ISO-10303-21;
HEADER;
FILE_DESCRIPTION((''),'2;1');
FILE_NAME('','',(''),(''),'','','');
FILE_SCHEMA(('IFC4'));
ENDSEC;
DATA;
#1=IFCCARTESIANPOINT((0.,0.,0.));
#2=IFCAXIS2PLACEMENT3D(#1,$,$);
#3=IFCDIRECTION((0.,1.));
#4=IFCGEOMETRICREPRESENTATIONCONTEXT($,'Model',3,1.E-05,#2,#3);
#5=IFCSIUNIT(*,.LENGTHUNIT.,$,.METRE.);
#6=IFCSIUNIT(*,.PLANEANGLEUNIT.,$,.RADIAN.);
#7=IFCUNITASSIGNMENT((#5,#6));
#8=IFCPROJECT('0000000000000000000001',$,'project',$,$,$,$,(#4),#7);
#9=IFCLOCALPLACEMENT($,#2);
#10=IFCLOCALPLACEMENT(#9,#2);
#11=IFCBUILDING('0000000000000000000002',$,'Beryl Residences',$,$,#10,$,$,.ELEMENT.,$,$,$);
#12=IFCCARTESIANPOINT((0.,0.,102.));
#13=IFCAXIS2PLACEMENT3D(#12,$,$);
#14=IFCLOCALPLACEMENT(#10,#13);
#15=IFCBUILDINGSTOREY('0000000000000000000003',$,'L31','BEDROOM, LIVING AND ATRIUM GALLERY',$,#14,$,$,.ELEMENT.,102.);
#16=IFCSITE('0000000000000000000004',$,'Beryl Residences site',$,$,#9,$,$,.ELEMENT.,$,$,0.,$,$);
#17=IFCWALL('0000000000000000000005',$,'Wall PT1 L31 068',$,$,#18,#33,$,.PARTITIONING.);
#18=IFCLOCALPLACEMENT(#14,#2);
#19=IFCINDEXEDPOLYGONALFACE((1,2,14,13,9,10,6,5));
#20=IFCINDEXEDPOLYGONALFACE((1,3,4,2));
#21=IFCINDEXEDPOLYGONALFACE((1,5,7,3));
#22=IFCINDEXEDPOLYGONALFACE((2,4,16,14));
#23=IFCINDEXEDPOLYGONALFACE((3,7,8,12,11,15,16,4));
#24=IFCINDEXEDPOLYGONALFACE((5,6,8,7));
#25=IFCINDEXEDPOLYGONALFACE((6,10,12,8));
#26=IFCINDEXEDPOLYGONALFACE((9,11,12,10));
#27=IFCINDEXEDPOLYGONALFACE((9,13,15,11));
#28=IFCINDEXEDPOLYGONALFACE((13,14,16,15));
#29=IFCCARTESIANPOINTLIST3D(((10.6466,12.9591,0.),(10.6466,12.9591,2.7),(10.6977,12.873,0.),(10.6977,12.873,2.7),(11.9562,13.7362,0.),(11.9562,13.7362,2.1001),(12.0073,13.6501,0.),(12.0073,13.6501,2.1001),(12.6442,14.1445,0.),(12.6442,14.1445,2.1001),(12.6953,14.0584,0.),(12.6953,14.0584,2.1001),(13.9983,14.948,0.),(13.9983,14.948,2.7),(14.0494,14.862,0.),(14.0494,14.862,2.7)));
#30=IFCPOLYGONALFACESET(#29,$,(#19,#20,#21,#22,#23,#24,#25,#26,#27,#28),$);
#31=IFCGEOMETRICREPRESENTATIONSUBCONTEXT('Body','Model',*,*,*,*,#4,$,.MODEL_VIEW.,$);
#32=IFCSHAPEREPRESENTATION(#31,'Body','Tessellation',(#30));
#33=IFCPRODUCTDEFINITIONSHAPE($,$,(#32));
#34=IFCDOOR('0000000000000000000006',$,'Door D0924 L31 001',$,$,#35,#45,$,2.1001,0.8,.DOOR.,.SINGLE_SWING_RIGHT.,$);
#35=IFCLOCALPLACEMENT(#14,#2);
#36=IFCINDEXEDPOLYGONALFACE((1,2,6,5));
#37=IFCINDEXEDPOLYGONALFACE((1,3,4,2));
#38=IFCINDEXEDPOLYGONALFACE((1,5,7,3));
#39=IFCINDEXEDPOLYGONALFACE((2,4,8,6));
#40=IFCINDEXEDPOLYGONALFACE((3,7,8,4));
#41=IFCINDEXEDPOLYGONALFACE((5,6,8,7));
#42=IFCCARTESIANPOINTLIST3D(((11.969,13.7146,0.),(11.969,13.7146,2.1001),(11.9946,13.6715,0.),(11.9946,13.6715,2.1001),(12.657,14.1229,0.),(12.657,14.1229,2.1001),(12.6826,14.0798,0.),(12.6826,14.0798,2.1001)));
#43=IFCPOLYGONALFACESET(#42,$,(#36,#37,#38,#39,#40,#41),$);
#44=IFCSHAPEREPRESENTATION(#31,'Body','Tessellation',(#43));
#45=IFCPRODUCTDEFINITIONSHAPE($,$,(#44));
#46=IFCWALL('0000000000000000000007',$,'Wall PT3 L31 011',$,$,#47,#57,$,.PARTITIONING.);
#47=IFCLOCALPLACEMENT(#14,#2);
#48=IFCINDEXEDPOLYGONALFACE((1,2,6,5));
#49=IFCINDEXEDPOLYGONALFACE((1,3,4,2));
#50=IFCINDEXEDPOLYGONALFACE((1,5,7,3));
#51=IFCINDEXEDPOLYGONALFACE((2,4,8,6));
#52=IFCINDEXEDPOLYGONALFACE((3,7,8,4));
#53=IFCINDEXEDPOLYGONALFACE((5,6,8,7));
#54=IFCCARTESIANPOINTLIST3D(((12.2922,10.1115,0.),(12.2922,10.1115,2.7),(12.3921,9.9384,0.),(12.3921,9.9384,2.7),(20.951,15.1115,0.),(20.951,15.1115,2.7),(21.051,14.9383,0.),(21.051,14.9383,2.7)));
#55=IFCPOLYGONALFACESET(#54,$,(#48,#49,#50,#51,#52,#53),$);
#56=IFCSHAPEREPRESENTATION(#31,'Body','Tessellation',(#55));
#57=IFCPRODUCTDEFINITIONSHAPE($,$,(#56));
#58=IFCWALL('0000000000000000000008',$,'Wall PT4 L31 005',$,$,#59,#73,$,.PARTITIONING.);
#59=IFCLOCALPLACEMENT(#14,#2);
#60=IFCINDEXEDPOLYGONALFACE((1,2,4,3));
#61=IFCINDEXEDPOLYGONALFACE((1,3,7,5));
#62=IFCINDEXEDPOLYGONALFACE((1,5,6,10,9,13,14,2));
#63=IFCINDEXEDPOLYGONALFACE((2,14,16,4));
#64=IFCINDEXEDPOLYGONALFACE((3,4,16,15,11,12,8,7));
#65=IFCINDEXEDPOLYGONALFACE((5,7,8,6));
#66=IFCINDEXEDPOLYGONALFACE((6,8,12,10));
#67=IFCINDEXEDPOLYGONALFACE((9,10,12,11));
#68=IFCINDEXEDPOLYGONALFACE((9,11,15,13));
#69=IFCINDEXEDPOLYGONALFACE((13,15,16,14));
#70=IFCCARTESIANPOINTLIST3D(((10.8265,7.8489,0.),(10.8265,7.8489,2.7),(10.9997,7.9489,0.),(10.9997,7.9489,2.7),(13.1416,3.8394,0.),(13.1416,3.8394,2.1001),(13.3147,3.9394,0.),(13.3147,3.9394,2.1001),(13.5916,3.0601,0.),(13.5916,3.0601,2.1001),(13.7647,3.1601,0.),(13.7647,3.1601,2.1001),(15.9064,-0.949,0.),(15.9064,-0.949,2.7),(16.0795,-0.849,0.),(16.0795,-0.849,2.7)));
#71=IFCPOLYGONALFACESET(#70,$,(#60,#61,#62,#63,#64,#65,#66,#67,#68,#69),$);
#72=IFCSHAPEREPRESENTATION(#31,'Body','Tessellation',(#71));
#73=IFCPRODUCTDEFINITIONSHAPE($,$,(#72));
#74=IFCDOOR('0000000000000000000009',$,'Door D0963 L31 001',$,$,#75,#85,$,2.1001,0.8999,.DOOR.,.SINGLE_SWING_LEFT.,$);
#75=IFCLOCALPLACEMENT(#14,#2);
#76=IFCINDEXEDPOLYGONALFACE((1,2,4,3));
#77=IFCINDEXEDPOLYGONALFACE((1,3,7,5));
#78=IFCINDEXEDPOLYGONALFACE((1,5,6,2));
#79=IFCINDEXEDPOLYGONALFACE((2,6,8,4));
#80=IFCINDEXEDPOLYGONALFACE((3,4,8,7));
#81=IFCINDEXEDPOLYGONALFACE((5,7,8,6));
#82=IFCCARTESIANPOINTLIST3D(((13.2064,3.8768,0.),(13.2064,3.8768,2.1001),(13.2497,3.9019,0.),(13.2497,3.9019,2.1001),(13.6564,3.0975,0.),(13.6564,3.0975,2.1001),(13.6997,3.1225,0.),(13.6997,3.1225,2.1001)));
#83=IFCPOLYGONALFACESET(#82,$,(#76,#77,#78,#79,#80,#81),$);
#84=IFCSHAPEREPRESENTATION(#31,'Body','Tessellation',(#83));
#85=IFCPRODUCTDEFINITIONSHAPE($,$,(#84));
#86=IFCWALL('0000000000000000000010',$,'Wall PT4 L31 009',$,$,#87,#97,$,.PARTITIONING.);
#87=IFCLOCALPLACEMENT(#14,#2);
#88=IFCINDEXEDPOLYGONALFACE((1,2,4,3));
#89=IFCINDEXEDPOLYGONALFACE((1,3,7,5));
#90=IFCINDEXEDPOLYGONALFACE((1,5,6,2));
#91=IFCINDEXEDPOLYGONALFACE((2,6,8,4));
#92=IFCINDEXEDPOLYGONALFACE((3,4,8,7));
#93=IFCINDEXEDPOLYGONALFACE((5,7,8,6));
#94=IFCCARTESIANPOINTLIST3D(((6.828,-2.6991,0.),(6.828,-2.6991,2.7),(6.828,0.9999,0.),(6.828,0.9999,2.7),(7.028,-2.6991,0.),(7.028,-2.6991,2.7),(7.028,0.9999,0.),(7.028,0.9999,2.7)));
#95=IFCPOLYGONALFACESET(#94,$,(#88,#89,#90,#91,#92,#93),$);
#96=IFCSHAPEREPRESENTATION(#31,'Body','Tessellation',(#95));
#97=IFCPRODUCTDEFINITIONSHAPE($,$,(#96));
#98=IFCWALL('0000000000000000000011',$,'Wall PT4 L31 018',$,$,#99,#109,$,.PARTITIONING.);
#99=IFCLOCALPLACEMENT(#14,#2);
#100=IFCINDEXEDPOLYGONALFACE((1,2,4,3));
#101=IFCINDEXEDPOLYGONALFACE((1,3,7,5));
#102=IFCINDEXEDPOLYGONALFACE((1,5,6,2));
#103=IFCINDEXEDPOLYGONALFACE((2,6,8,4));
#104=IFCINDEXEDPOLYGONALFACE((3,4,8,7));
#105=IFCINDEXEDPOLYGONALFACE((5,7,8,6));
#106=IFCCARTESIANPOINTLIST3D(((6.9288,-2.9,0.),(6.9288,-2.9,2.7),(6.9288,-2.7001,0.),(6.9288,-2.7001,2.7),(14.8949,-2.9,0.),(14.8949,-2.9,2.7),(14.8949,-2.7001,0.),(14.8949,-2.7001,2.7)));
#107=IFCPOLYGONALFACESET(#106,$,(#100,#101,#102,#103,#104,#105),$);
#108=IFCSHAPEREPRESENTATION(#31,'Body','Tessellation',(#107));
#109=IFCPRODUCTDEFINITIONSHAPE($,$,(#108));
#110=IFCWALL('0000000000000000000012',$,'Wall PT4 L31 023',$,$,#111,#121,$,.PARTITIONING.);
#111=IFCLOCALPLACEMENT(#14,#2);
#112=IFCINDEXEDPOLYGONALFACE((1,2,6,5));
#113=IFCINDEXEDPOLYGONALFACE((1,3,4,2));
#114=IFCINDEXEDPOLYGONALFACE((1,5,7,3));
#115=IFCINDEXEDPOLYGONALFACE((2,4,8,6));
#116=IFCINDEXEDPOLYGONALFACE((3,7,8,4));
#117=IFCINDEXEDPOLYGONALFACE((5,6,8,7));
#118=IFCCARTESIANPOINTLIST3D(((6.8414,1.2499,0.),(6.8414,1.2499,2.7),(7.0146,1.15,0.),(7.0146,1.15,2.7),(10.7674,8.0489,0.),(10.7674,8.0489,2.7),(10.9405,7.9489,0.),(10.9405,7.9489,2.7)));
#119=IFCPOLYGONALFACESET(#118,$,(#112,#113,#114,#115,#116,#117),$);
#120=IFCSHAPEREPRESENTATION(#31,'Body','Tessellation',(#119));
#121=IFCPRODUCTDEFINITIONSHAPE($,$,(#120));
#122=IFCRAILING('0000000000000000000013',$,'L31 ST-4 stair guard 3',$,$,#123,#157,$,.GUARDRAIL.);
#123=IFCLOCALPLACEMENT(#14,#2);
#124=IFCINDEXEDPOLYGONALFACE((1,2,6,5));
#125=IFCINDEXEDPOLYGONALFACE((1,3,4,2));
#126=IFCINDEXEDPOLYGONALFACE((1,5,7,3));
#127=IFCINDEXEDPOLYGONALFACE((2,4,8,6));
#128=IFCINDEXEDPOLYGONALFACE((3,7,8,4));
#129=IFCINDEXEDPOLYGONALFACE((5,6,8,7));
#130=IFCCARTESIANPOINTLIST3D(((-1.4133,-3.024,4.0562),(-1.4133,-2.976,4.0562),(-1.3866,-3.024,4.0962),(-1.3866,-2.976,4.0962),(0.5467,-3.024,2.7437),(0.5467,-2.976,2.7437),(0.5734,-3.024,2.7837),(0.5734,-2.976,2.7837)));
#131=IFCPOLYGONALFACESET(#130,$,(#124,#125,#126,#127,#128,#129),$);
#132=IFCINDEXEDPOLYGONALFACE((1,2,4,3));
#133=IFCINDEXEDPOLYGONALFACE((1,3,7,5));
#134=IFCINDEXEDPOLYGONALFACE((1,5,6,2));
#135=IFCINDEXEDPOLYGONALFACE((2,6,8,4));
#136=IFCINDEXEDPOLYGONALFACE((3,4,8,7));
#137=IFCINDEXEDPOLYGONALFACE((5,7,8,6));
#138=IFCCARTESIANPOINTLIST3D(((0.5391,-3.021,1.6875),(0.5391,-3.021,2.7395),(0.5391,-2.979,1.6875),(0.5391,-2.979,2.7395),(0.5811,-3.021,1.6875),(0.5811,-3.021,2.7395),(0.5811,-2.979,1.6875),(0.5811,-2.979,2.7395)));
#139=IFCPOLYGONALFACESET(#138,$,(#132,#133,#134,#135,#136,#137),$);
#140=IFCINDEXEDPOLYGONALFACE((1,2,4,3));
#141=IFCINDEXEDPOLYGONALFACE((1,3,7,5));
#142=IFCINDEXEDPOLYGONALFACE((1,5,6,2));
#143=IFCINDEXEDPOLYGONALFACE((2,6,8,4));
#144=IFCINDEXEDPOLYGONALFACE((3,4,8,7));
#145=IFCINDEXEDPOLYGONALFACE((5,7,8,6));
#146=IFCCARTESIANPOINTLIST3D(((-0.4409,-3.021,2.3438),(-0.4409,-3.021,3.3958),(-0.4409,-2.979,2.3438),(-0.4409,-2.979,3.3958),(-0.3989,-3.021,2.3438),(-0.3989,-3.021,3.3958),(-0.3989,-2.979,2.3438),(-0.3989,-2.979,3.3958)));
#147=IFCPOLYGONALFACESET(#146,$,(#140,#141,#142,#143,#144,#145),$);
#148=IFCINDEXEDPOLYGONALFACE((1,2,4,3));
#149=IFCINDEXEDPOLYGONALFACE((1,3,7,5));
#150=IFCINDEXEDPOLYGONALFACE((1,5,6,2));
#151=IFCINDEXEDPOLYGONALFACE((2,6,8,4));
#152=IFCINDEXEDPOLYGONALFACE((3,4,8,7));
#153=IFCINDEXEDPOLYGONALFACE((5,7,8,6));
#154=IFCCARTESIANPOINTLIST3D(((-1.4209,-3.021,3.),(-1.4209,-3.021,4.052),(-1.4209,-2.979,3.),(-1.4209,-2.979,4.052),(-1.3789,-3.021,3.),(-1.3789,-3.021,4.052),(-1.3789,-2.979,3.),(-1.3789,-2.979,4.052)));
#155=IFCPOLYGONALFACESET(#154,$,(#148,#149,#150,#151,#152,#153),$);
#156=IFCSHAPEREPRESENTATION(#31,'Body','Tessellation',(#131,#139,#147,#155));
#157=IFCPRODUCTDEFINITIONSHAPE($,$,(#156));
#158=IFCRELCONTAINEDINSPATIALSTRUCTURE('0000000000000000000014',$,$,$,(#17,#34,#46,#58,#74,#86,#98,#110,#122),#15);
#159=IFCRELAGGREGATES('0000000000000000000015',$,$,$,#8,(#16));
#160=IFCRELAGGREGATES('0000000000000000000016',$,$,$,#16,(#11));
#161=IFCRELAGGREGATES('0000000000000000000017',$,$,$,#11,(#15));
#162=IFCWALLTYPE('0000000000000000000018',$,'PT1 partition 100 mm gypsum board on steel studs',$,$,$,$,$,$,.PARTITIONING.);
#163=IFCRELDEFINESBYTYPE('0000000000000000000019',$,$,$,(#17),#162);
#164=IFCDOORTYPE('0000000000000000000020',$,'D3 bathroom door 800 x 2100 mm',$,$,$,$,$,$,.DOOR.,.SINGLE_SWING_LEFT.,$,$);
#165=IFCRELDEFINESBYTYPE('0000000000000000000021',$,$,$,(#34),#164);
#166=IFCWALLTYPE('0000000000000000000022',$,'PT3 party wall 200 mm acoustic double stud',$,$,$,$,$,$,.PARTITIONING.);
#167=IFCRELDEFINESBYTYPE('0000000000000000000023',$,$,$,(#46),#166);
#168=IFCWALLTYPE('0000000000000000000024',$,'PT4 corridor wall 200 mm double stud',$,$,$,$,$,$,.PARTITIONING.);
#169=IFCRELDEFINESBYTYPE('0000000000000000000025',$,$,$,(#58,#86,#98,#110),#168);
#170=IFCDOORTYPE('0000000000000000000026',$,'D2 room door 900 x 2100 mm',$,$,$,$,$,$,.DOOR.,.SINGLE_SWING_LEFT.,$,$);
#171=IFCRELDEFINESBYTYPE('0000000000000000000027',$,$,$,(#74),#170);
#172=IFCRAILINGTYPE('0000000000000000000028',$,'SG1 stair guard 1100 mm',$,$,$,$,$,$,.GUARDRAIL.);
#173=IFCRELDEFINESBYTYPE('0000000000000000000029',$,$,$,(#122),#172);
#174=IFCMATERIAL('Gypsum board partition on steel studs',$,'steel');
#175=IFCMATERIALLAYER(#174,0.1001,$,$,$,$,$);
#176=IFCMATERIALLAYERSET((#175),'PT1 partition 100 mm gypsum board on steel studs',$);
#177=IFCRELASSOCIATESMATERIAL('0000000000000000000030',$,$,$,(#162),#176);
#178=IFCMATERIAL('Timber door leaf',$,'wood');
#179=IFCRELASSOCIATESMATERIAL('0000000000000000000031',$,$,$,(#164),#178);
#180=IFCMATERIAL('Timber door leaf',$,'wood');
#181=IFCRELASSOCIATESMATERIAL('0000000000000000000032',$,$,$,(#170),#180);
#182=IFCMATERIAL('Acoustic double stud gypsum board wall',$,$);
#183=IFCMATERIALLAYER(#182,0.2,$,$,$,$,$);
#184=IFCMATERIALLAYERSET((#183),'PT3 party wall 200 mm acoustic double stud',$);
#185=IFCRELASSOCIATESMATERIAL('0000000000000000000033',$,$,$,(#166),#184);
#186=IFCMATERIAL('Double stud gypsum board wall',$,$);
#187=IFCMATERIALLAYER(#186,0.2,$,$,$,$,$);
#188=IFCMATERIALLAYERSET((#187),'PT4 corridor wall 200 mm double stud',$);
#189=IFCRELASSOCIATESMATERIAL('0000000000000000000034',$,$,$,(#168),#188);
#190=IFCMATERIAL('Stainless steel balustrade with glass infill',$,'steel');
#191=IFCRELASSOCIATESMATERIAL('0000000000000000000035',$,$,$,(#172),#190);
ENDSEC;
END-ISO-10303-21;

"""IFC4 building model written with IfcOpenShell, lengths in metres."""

from ifc_helpers import new_model, si_unit, direction, frame, frame_2d, origin, origin_2d, place, context, subcontext, project, spatial, rectangle, extrude, material, layer, layer_set, type_object, element, fill, save


model = new_model("IFC4")

# Units and contexts
model_context = context("Model", 3, precision=1e-05, world=origin(), true_north=direction((0.0, 1.0)))
body_context = subcontext(model_context, "Body", "Model", "MODEL_VIEW")
ifc_project = project(units=[si_unit("LENGTHUNIT", "METRE"), si_unit("PLANEANGLEUNIT", "RADIAN")], contexts=[model_context])

# Site, building, storey
site_placement = place(None, origin())
site = spatial("IfcSite", under=ifc_project, at=site_placement, Name="Beryl Residences site", CompositionType="ELEMENT", RefElevation=0.0)
building_placement = place(site_placement, origin())
building = spatial("IfcBuilding", under=site, at=building_placement, Name="Beryl Residences", CompositionType="ELEMENT")
storey_placement = place(building_placement, frame((0.0, 0.0, 102.0)))
storey = spatial("IfcBuildingStorey", under=building, at=storey_placement, Name="L31", Description="BEDROOM, LIVING AND ATRIUM GALLERY", CompositionType="ELEMENT", Elevation=102.0)

# Shared definitions
ifc_material_1 = material(Name="Gypsum board partition on steel studs", Category="steel")
ifc_layer_1 = layer(ifc_material_1, 0.1001)
ifc_layer_set_1 = layer_set([ifc_layer_1], Name="PT1 partition 100 mm gypsum board on steel studs")
wall_type_1 = type_object("IfcWallType", Name="PT1 partition 100 mm gypsum board on steel studs", PredefinedType="PARTITIONING", material=ifc_layer_set_1)
ifc_material_2 = material(Name="Timber door leaf", Category="wood")
door_type_1 = type_object("IfcDoorType", Name="D3 bathroom door 800 x 2100 mm", OperationType="SINGLE_SWING_LEFT", PredefinedType="DOOR", material=ifc_material_2)

# Wall, opening, door
ifc_material_3 = material(Name="Timber door leaf", Category="wood")
door_type_2 = type_object("IfcDoorType", Name="D2 room door 900 x 2100 mm", OperationType="SINGLE_SWING_LEFT", PredefinedType="DOOR", material=ifc_material_3)
wall_1_placement = place(storey_placement, frame((10.6721, 12.916, 0.0), z_axis=(0.0, 0.0, 1.0), x_axis=(0.859981, 0.510326, 0.0)))
wall_1 = element("IfcWall", 1, at=wall_1_placement, inside=storey, type_object=wall_type_1, Name="Wall PT1 L31 068", PredefinedType="PARTITIONING", context=body_context, shape_type="SweptSolid", body=[
    extrude(rectangle(XDim=3.8975, YDim=0.1001, at=frame_2d((1.9487, 0.0))), origin(), (0.0, 0.0, 1.0), 2.7),
])
opening_1_placement = place(wall_1_placement, frame((1.5229, 0.0, 0.0)))
opening_1 = element("IfcOpeningElement", 2, at=opening_1_placement, cuts=wall_1, PredefinedType="OPENING", context=body_context, shape_type="SweptSolid", body=[
    extrude(rectangle(XDim=0.8, YDim=2.1001, at=frame_2d((0.3999, 1.05))), frame((0.0, 0.0601, 0.0), z_axis=(0.0, -1.0, 0.0), x_axis=(1.0, 0.0, 0.0)), (0.0, 0.0, 1.0), 0.1201),
])
door_1_placement = place(opening_1_placement, origin())
door_1 = element("IfcDoor", 3, at=door_1_placement, inside=storey, type_object=door_type_1, Name="Door D0924 L31 001", OperationType="SINGLE_SWING_RIGHT", OverallHeight=2.1001, OverallWidth=0.8, PredefinedType="DOOR", context=body_context, shape_type="SweptSolid", body=[
    extrude(rectangle(XDim=0.8, YDim=2.1001, at=frame_2d((0.3999, 1.05))), frame((0.0, 0.0249, 0.0), z_axis=(0.0, -1.0, 0.0), x_axis=(1.0, 0.0, 0.0)), (0.0, 0.0, 1.0), 0.05),
])
fill(opening_1, door_1)

# Wall
ifc_material_4 = material(Name="Acoustic double stud gypsum board wall")
ifc_layer_2 = layer(ifc_material_4, 0.2)
ifc_layer_set_2 = layer_set([ifc_layer_2], Name="PT3 party wall 200 mm acoustic double stud")
wall_type_2 = type_object("IfcWallType", Name="PT3 party wall 200 mm acoustic double stud", PredefinedType="PARTITIONING", material=ifc_layer_set_2)
wall_2_placement = place(storey_placement, frame((12.342, 10.0249, 0.0), z_axis=(0.0, 0.0, 1.0), x_axis=(0.865992, 0.500057, 0.0)))
element("IfcWall", 4, at=wall_2_placement, inside=storey, type_object=wall_type_2, Name="Wall PT3 L31 011", PredefinedType="PARTITIONING", context=body_context, shape_type="SweptSolid", body=[
    extrude(rectangle(XDim=9.9988, YDim=0.2, at=frame_2d((4.9995, 0.0))), origin(), (0.0, 0.0, 1.0), 2.7),
])

# Wall, opening, door
ifc_material_5 = material(Name="Double stud gypsum board wall")
ifc_layer_3 = layer(ifc_material_5, 0.2)
ifc_layer_set_3 = layer_set([ifc_layer_3], Name="PT4 corridor wall 200 mm double stud")
wall_type_3 = type_object("IfcWallType", Name="PT4 corridor wall 200 mm double stud", PredefinedType="PARTITIONING", material=ifc_layer_set_3)
wall_3_placement = place(storey_placement, frame((10.9131, 7.8989, 0.0), z_axis=(0.0, 0.0, 1.0), x_axis=(0.500029, -0.866009, 0.0)))
wall_3 = element("IfcWall", 5, at=wall_3_placement, inside=storey, type_object=wall_type_3, Name="Wall PT4 L31 005", PredefinedType="PARTITIONING", context=body_context, shape_type="SweptSolid", body=[
    extrude(rectangle(XDim=10.1592, YDim=0.2, at=frame_2d((5.0796, 0.0))), origin(), (0.0, 0.0, 1.0), 2.7),
])
opening_2_placement = place(wall_3_placement, frame((4.6299, 0.0, 0.0)))
opening_2 = element("IfcOpeningElement", 6, at=opening_2_placement, cuts=wall_3, PredefinedType="OPENING", context=body_context, shape_type="SweptSolid", body=[
    extrude(rectangle(XDim=0.8999, YDim=2.1001, at=frame_2d((0.45, 1.05))), frame((0.0, 0.1099, 0.0), z_axis=(0.0, -1.0, 0.0), x_axis=(1.0, 0.0, 0.0)), (0.0, 0.0, 1.0), 0.22),
])
door_2_placement = place(opening_2_placement, origin())
door_2 = element("IfcDoor", 7, at=door_2_placement, inside=storey, type_object=door_type_2, Name="Door D0963 L31 001", OperationType="SINGLE_SWING_LEFT", OverallHeight=2.1001, OverallWidth=0.8999, PredefinedType="DOOR", context=body_context, shape_type="SweptSolid", body=[
    extrude(rectangle(XDim=0.8999, YDim=2.1001, at=frame_2d((0.45, 1.05))), frame((0.0, 0.0249, 0.0), z_axis=(0.0, -1.0, 0.0), x_axis=(1.0, 0.0, 0.0)), (0.0, 0.0, 1.0), 0.05),
])
fill(opening_2, door_2)

# Walls
wall_4_placement = place(storey_placement, frame((6.928, 1.0, 0.0), z_axis=(0.0, 0.0, 1.0), x_axis=(0.0, -1.0, 0.0)))
element("IfcWall", 8, at=wall_4_placement, inside=storey, type_object=wall_type_3, Name="Wall PT4 L31 009", PredefinedType="PARTITIONING", context=body_context, shape_type="SweptSolid", body=[
    extrude(rectangle(XDim=3.699, YDim=0.2, at=frame_2d((1.8496, 0.0))), origin(), (0.0, 0.0, 1.0), 2.7),
])
wall_5_placement = place(storey_placement, frame((6.929, -2.8, 0.0), z_axis=(0.0, 0.0, 1.0), x_axis=(1.0, 0.0, 0.0)))
element("IfcWall", 9, at=wall_5_placement, inside=storey, type_object=wall_type_3, Name="Wall PT4 L31 018", PredefinedType="PARTITIONING", context=body_context, shape_type="SweptSolid", body=[
    extrude(rectangle(XDim=7.9661, YDim=0.2, at=frame_2d((3.9829, 0.0))), origin(), (0.0, 0.0, 1.0), 2.7),
])
wall_6_placement = place(storey_placement, frame((6.928, 1.2, 0.0), z_axis=(0.0, 0.0, 1.0), x_axis=(0.500055, 0.865993, 0.0)))
element("IfcWall", 10, at=wall_6_placement, inside=storey, type_object=wall_type_3, Name="Wall PT4 L31 023", PredefinedType="PARTITIONING", context=body_context, shape_type="SweptSolid", body=[
    extrude(rectangle(XDim=7.8511, YDim=0.2, at=frame_2d((3.9255, 0.0))), origin(), (0.0, 0.0, 1.0), 2.7),
])

# Railing
ifc_material_6 = material(Name="Stainless steel balustrade with glass infill", Category="steel")
railing_type_1 = type_object("IfcRailingType", Name="SG1 stair guard 1100 mm", PredefinedType="GUARDRAIL", material=ifc_material_6)
railing_1_placement = place(storey_placement, frame((0.5601, -3.0, 1.6875)))
element("IfcRailing", 11, at=railing_1_placement, inside=storey, type_object=railing_type_1, Name="L31 ST-4 stair guard 3", PredefinedType="GUARDRAIL", context=body_context, shape_type="SweptSolid", body=[
    extrude(rectangle(XDim=0.0481, YDim=0.0481, at=origin_2d()), frame((0.0, 0.0, 1.0762), z_axis=(-0.830902, 0.0, 0.556419), x_axis=(0.0, -1.0, 0.0)), (0.0, 0.0, 1.0), 2.3589),
    extrude(rectangle(XDim=0.042, YDim=0.042, at=origin_2d()), origin(), (0.0, 0.0, 1.0), 1.052),
    extrude(rectangle(XDim=0.042, YDim=0.042, at=origin_2d()), frame((-0.98, 0.0, 0.6562)), (0.0, 0.0, 1.0), 1.052),
    extrude(rectangle(XDim=0.042, YDim=0.042, at=origin_2d()), frame((-1.96, 0.0, 1.3125)), (0.0, 0.0, 1.0), 1.052),
])

save(model, "model.ifc")
